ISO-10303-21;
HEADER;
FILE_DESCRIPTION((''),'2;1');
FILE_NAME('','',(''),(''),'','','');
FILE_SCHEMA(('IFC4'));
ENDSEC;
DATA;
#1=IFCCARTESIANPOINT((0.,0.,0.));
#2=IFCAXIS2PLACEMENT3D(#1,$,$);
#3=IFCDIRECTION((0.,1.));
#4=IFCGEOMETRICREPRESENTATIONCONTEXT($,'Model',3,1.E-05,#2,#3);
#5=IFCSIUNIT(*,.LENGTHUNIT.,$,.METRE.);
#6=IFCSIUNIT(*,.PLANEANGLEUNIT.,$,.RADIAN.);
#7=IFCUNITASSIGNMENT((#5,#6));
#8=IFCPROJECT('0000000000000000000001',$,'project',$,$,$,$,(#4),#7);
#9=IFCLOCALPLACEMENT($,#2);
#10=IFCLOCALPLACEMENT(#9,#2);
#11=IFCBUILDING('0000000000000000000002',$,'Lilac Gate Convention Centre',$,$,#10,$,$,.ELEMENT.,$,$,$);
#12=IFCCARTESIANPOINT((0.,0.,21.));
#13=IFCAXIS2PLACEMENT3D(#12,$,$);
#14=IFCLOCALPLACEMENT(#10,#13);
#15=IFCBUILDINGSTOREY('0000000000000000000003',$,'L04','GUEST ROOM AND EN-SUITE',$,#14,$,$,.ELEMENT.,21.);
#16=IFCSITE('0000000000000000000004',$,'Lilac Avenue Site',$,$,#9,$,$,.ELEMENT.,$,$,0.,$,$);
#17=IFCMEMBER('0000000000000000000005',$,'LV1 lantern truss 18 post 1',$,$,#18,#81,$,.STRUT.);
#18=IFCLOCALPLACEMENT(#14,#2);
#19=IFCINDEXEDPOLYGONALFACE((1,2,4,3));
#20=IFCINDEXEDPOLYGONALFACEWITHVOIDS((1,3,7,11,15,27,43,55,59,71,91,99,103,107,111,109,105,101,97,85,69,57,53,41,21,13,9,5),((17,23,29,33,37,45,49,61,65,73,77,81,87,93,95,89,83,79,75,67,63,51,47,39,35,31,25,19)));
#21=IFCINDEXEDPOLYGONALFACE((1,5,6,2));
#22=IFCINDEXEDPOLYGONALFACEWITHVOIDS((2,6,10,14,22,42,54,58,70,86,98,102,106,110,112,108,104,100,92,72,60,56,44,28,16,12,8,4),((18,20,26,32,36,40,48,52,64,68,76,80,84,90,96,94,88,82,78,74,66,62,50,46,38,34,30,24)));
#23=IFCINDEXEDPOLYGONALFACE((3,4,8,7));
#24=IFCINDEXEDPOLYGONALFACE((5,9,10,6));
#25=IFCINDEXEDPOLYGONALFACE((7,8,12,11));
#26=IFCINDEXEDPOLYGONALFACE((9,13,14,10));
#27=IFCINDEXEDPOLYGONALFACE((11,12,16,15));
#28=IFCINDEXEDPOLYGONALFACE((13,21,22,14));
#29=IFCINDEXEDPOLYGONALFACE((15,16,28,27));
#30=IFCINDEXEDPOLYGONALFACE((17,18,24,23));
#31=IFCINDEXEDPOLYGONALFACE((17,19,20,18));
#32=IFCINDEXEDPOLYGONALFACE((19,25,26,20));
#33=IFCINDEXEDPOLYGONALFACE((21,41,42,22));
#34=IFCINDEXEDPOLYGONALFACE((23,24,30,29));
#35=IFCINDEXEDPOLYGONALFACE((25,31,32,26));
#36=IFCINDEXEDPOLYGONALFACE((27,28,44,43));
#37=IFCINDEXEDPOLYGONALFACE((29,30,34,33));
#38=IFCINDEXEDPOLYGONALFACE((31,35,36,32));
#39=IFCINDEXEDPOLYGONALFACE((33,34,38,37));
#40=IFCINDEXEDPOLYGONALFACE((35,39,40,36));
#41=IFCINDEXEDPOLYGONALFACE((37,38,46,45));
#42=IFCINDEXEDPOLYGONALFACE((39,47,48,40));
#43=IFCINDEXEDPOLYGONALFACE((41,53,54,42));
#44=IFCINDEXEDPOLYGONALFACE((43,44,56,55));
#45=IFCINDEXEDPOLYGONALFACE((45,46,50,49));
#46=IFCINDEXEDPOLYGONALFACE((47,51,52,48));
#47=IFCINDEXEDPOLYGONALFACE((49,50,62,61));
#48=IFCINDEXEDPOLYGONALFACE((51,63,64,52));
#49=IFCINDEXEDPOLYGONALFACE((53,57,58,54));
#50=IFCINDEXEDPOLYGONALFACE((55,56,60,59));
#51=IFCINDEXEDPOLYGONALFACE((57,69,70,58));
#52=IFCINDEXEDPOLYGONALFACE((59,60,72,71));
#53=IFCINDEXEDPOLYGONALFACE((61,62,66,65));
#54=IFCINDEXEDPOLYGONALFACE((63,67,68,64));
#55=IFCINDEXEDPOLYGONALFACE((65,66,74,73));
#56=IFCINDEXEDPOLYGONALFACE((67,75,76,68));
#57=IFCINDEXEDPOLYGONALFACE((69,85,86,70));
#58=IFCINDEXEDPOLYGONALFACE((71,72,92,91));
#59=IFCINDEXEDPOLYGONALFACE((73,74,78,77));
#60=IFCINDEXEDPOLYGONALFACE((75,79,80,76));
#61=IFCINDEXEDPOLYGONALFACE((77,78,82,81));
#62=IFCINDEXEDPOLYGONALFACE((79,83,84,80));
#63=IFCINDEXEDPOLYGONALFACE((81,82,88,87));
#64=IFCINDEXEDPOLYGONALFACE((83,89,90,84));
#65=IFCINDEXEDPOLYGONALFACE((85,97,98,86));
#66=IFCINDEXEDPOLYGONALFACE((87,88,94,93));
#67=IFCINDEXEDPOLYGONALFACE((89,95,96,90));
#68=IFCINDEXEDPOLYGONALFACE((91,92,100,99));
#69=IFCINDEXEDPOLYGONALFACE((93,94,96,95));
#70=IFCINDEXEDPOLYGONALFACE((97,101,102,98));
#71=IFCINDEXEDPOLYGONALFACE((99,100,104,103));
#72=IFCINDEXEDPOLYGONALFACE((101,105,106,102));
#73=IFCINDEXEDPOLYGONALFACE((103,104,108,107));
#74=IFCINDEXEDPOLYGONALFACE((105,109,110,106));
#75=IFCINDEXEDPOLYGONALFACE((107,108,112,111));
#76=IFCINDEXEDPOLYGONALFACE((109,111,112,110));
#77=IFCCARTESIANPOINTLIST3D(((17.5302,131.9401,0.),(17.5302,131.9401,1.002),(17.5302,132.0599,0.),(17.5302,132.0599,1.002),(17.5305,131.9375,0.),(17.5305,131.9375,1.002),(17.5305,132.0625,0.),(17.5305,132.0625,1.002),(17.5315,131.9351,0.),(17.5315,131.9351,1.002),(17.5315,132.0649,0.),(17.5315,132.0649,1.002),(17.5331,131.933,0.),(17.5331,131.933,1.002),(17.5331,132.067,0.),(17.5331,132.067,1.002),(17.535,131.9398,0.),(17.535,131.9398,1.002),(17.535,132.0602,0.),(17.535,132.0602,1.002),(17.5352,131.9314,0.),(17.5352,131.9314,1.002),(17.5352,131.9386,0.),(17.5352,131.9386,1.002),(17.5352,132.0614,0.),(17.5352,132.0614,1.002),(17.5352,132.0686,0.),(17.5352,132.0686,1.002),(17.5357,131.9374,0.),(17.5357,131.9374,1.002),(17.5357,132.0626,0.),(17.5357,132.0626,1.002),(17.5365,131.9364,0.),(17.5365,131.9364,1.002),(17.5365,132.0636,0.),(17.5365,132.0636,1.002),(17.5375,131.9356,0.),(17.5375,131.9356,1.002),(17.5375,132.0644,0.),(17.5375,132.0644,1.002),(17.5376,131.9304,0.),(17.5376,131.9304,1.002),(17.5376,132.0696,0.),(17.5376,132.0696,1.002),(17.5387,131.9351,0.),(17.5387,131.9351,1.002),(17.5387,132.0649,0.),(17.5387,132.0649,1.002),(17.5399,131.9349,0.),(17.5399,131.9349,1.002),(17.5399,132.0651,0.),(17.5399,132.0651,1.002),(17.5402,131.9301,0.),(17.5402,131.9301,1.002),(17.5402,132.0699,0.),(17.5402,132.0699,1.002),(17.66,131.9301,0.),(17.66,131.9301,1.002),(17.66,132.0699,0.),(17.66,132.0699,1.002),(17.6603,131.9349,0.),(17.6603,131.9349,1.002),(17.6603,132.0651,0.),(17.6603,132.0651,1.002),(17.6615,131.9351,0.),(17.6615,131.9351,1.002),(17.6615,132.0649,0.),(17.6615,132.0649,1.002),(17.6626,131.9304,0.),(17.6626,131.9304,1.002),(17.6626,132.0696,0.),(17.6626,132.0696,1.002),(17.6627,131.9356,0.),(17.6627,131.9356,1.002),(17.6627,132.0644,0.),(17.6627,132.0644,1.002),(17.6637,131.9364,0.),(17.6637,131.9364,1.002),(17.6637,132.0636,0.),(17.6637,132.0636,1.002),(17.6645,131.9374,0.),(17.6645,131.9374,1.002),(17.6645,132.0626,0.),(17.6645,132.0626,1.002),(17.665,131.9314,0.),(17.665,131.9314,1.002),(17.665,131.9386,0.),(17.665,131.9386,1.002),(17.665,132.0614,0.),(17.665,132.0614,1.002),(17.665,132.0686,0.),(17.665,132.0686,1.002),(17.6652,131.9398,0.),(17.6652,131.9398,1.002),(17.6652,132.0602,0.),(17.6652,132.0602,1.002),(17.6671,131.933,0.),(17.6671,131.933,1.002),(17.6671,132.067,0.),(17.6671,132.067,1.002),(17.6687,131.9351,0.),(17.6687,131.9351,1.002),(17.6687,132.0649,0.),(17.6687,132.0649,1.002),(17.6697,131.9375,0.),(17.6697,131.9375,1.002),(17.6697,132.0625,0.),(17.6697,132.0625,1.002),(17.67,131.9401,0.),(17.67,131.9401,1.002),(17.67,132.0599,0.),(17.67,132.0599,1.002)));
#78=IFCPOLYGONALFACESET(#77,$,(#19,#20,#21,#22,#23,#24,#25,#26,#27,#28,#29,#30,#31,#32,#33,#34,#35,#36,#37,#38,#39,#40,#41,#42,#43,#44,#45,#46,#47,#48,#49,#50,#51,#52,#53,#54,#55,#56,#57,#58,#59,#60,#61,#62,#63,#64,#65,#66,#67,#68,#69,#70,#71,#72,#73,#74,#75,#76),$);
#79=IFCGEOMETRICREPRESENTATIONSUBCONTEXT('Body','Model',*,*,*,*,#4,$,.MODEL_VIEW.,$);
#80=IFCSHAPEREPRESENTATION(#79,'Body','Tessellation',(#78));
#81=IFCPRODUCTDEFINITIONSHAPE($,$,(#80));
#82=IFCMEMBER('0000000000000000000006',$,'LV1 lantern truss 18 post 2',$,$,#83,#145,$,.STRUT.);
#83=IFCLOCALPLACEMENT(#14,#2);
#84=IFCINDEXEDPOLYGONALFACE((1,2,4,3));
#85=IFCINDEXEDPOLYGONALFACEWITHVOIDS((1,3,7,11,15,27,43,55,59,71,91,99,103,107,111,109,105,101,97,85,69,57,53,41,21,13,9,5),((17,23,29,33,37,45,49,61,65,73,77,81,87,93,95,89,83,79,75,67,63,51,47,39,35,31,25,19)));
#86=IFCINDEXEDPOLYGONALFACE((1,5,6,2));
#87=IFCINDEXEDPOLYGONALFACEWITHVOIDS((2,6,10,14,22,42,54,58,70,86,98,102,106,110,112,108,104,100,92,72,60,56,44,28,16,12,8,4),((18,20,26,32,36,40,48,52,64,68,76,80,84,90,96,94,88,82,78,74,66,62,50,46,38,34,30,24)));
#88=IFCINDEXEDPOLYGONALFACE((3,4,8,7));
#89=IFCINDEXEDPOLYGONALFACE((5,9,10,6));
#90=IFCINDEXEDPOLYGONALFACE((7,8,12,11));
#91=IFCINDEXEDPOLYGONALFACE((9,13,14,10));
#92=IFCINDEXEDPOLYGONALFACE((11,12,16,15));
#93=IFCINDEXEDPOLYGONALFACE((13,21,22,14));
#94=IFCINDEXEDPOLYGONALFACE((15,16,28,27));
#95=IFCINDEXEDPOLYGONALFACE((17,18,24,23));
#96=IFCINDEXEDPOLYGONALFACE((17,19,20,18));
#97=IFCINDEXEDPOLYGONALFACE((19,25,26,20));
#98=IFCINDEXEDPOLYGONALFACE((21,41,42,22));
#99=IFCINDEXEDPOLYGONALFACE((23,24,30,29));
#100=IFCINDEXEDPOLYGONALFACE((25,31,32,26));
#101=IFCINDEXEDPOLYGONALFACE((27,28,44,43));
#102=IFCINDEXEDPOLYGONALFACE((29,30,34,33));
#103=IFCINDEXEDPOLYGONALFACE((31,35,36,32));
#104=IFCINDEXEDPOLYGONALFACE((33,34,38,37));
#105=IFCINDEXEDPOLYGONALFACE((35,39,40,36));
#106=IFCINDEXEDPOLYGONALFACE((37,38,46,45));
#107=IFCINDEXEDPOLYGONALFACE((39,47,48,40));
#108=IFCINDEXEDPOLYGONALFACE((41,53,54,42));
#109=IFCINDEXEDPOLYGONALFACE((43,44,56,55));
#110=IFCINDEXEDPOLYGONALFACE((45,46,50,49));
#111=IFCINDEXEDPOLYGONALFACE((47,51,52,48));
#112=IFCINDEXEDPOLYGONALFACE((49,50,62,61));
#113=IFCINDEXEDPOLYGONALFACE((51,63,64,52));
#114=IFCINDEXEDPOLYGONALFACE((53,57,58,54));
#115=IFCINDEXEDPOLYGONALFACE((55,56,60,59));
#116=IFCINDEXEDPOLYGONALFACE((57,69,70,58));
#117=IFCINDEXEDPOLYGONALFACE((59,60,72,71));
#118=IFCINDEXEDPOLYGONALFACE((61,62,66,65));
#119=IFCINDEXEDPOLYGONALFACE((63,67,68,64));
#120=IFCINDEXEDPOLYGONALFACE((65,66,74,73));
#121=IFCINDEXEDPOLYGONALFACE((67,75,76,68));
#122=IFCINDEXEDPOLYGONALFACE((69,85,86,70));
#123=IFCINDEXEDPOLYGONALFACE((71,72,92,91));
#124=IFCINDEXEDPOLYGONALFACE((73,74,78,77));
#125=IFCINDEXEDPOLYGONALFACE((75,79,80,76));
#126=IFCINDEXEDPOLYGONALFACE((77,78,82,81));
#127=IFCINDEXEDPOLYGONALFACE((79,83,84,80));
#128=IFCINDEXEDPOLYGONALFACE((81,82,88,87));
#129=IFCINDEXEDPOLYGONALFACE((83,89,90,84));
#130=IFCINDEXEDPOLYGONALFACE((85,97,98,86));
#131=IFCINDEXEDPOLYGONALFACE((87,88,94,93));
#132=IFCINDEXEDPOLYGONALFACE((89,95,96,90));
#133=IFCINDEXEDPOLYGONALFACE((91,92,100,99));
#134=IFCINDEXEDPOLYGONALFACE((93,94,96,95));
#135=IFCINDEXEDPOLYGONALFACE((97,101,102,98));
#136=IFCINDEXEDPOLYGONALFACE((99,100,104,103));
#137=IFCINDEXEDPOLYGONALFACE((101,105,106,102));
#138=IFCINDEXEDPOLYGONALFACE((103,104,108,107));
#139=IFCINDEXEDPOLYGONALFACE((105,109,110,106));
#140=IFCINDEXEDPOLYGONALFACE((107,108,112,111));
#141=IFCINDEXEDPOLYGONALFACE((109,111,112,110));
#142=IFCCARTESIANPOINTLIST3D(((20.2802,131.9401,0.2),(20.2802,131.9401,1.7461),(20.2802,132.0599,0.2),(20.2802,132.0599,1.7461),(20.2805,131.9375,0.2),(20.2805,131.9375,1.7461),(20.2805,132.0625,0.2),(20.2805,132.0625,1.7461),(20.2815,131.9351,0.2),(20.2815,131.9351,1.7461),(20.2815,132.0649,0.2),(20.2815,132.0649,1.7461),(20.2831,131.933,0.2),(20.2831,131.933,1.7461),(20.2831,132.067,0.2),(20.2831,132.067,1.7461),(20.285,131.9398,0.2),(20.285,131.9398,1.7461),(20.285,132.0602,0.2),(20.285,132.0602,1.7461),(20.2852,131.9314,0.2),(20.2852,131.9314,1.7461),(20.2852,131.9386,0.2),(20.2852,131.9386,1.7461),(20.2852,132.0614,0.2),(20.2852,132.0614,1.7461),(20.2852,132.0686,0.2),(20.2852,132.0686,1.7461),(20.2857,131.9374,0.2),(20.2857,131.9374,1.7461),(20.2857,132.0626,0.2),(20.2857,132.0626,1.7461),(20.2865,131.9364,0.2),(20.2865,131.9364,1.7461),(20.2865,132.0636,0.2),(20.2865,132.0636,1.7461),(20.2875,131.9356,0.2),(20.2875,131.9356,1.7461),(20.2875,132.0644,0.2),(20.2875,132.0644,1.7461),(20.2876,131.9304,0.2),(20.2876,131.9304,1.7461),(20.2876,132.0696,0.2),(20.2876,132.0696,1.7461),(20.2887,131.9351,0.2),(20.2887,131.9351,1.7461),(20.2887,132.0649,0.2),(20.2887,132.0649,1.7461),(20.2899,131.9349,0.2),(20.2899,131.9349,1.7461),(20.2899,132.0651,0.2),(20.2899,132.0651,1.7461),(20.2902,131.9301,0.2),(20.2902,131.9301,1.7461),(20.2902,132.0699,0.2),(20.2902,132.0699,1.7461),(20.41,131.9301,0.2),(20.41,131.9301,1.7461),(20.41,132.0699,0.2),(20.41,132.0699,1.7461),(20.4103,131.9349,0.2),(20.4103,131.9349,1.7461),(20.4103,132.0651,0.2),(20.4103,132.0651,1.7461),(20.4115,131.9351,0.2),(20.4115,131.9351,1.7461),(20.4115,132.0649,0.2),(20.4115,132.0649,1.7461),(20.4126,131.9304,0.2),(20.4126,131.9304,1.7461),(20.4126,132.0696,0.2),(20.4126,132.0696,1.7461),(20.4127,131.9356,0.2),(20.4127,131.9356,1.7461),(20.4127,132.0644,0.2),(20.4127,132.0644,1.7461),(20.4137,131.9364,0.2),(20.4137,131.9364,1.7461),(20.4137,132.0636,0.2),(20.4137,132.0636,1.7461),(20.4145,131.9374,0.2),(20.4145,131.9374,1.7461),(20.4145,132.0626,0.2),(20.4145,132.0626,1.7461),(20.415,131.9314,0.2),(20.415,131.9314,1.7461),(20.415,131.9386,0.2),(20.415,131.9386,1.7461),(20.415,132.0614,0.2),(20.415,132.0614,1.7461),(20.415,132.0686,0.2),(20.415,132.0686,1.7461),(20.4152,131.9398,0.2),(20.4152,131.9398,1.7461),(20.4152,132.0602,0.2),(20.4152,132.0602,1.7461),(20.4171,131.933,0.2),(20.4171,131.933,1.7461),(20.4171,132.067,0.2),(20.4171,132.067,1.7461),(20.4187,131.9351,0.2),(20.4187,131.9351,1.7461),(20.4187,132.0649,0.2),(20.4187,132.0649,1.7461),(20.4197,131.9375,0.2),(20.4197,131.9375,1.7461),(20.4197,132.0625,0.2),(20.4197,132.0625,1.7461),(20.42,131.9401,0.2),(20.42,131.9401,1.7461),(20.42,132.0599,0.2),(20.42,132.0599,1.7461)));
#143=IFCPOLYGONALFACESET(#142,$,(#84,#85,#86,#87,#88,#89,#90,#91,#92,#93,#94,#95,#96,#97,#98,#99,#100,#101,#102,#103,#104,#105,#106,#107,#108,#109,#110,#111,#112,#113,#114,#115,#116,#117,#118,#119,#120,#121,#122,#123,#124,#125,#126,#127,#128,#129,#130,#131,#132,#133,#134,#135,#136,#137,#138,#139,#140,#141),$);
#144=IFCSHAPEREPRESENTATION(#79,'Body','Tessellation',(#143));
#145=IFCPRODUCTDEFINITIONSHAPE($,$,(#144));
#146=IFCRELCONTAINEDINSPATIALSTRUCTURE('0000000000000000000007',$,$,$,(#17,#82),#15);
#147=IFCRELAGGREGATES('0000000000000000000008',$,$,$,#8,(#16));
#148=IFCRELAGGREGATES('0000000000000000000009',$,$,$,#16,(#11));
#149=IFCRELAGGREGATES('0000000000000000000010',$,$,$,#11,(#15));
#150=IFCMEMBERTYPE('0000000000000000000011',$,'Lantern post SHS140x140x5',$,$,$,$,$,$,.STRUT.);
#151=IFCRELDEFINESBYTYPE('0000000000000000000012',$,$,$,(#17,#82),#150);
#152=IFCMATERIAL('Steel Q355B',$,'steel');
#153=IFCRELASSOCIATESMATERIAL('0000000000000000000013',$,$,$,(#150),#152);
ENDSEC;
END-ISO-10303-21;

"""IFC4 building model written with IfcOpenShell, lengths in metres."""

from ifc_helpers import new_model, si_unit, direction, frame, origin, origin_2d, place, context, subcontext, project, spatial, hollow_rectangle, extrude, material, material_profile, profile_set, type_object, element, save


model = new_model("IFC4")

# Units and contexts
model_context = context("Model", 3, precision=1e-05, world=origin(), true_north=direction((0.0, 1.0)))
body_context = subcontext(model_context, "Body", "Model", "MODEL_VIEW")
ifc_project = project(units=[si_unit("LENGTHUNIT", "METRE"), si_unit("PLANEANGLEUNIT", "RADIAN")], contexts=[model_context])

# Site, building, storey
site_placement = place(None, origin())
site = spatial("IfcSite", under=ifc_project, at=site_placement, Name="Lilac Avenue Site", CompositionType="ELEMENT", RefElevation=0.0)
building_placement = place(site_placement, origin())
building = spatial("IfcBuilding", under=site, at=building_placement, Name="Lilac Gate Convention Centre", CompositionType="ELEMENT")
storey_placement = place(building_placement, frame((0.0, 0.0, 21.0)))
storey = spatial("IfcBuildingStorey", under=building, at=storey_placement, Name="L04", Description="GUEST ROOM AND EN-SUITE", CompositionType="ELEMENT", Elevation=21.0)

# Members
ifc_material_1 = material(Name="Steel Q355B", Category="steel")
ifc_material_profile_1 = material_profile(ifc_material_1, hollow_rectangle(XDim=0.1399, YDim=0.1399, WallThickness=0.0049, InnerFilletRadius=0.0049, OuterFilletRadius=0.01, at=origin_2d()), Name="SHS140x140x5")
ifc_profile_set_1 = profile_set([ifc_material_profile_1], Name="Steel Q355B")
member_type_1 = type_object("IfcMemberType", Name="Lantern post SHS140x140x5", PredefinedType="STRUT", material=ifc_profile_set_1)
member_1_placement = place(storey_placement, frame((17.6001, 132.0, 0.0), z_axis=(0.0, 0.0, 1.0), x_axis=(1.0, 0.0, 0.0)))
element("IfcMember", 1, at=member_1_placement, inside=storey, type_object=member_type_1, Name="LV1 lantern truss 18 post 1", PredefinedType="STRUT", context=body_context, shape_type="SweptSolid", body=[
    extrude(hollow_rectangle(XDim=0.1399, YDim=0.1399, WallThickness=0.0049, InnerFilletRadius=0.0049, OuterFilletRadius=0.01, at=origin_2d()), origin(), (0.0, 0.0, 1.0), 1.002),
])
member_2_placement = place(storey_placement, frame((20.3501, 132.0, 0.2), z_axis=(0.0, 0.0, 1.0), x_axis=(1.0, 0.0, 0.0)))
element("IfcMember", 2, at=member_2_placement, inside=storey, type_object=member_type_1, Name="LV1 lantern truss 18 post 2", PredefinedType="STRUT", context=body_context, shape_type="SweptSolid", body=[
    extrude(hollow_rectangle(XDim=0.1399, YDim=0.1399, WallThickness=0.0049, InnerFilletRadius=0.0049, OuterFilletRadius=0.01, at=origin_2d()), origin(), (0.0, 0.0, 1.0), 1.5461),
])

save(model, "model.ifc")
